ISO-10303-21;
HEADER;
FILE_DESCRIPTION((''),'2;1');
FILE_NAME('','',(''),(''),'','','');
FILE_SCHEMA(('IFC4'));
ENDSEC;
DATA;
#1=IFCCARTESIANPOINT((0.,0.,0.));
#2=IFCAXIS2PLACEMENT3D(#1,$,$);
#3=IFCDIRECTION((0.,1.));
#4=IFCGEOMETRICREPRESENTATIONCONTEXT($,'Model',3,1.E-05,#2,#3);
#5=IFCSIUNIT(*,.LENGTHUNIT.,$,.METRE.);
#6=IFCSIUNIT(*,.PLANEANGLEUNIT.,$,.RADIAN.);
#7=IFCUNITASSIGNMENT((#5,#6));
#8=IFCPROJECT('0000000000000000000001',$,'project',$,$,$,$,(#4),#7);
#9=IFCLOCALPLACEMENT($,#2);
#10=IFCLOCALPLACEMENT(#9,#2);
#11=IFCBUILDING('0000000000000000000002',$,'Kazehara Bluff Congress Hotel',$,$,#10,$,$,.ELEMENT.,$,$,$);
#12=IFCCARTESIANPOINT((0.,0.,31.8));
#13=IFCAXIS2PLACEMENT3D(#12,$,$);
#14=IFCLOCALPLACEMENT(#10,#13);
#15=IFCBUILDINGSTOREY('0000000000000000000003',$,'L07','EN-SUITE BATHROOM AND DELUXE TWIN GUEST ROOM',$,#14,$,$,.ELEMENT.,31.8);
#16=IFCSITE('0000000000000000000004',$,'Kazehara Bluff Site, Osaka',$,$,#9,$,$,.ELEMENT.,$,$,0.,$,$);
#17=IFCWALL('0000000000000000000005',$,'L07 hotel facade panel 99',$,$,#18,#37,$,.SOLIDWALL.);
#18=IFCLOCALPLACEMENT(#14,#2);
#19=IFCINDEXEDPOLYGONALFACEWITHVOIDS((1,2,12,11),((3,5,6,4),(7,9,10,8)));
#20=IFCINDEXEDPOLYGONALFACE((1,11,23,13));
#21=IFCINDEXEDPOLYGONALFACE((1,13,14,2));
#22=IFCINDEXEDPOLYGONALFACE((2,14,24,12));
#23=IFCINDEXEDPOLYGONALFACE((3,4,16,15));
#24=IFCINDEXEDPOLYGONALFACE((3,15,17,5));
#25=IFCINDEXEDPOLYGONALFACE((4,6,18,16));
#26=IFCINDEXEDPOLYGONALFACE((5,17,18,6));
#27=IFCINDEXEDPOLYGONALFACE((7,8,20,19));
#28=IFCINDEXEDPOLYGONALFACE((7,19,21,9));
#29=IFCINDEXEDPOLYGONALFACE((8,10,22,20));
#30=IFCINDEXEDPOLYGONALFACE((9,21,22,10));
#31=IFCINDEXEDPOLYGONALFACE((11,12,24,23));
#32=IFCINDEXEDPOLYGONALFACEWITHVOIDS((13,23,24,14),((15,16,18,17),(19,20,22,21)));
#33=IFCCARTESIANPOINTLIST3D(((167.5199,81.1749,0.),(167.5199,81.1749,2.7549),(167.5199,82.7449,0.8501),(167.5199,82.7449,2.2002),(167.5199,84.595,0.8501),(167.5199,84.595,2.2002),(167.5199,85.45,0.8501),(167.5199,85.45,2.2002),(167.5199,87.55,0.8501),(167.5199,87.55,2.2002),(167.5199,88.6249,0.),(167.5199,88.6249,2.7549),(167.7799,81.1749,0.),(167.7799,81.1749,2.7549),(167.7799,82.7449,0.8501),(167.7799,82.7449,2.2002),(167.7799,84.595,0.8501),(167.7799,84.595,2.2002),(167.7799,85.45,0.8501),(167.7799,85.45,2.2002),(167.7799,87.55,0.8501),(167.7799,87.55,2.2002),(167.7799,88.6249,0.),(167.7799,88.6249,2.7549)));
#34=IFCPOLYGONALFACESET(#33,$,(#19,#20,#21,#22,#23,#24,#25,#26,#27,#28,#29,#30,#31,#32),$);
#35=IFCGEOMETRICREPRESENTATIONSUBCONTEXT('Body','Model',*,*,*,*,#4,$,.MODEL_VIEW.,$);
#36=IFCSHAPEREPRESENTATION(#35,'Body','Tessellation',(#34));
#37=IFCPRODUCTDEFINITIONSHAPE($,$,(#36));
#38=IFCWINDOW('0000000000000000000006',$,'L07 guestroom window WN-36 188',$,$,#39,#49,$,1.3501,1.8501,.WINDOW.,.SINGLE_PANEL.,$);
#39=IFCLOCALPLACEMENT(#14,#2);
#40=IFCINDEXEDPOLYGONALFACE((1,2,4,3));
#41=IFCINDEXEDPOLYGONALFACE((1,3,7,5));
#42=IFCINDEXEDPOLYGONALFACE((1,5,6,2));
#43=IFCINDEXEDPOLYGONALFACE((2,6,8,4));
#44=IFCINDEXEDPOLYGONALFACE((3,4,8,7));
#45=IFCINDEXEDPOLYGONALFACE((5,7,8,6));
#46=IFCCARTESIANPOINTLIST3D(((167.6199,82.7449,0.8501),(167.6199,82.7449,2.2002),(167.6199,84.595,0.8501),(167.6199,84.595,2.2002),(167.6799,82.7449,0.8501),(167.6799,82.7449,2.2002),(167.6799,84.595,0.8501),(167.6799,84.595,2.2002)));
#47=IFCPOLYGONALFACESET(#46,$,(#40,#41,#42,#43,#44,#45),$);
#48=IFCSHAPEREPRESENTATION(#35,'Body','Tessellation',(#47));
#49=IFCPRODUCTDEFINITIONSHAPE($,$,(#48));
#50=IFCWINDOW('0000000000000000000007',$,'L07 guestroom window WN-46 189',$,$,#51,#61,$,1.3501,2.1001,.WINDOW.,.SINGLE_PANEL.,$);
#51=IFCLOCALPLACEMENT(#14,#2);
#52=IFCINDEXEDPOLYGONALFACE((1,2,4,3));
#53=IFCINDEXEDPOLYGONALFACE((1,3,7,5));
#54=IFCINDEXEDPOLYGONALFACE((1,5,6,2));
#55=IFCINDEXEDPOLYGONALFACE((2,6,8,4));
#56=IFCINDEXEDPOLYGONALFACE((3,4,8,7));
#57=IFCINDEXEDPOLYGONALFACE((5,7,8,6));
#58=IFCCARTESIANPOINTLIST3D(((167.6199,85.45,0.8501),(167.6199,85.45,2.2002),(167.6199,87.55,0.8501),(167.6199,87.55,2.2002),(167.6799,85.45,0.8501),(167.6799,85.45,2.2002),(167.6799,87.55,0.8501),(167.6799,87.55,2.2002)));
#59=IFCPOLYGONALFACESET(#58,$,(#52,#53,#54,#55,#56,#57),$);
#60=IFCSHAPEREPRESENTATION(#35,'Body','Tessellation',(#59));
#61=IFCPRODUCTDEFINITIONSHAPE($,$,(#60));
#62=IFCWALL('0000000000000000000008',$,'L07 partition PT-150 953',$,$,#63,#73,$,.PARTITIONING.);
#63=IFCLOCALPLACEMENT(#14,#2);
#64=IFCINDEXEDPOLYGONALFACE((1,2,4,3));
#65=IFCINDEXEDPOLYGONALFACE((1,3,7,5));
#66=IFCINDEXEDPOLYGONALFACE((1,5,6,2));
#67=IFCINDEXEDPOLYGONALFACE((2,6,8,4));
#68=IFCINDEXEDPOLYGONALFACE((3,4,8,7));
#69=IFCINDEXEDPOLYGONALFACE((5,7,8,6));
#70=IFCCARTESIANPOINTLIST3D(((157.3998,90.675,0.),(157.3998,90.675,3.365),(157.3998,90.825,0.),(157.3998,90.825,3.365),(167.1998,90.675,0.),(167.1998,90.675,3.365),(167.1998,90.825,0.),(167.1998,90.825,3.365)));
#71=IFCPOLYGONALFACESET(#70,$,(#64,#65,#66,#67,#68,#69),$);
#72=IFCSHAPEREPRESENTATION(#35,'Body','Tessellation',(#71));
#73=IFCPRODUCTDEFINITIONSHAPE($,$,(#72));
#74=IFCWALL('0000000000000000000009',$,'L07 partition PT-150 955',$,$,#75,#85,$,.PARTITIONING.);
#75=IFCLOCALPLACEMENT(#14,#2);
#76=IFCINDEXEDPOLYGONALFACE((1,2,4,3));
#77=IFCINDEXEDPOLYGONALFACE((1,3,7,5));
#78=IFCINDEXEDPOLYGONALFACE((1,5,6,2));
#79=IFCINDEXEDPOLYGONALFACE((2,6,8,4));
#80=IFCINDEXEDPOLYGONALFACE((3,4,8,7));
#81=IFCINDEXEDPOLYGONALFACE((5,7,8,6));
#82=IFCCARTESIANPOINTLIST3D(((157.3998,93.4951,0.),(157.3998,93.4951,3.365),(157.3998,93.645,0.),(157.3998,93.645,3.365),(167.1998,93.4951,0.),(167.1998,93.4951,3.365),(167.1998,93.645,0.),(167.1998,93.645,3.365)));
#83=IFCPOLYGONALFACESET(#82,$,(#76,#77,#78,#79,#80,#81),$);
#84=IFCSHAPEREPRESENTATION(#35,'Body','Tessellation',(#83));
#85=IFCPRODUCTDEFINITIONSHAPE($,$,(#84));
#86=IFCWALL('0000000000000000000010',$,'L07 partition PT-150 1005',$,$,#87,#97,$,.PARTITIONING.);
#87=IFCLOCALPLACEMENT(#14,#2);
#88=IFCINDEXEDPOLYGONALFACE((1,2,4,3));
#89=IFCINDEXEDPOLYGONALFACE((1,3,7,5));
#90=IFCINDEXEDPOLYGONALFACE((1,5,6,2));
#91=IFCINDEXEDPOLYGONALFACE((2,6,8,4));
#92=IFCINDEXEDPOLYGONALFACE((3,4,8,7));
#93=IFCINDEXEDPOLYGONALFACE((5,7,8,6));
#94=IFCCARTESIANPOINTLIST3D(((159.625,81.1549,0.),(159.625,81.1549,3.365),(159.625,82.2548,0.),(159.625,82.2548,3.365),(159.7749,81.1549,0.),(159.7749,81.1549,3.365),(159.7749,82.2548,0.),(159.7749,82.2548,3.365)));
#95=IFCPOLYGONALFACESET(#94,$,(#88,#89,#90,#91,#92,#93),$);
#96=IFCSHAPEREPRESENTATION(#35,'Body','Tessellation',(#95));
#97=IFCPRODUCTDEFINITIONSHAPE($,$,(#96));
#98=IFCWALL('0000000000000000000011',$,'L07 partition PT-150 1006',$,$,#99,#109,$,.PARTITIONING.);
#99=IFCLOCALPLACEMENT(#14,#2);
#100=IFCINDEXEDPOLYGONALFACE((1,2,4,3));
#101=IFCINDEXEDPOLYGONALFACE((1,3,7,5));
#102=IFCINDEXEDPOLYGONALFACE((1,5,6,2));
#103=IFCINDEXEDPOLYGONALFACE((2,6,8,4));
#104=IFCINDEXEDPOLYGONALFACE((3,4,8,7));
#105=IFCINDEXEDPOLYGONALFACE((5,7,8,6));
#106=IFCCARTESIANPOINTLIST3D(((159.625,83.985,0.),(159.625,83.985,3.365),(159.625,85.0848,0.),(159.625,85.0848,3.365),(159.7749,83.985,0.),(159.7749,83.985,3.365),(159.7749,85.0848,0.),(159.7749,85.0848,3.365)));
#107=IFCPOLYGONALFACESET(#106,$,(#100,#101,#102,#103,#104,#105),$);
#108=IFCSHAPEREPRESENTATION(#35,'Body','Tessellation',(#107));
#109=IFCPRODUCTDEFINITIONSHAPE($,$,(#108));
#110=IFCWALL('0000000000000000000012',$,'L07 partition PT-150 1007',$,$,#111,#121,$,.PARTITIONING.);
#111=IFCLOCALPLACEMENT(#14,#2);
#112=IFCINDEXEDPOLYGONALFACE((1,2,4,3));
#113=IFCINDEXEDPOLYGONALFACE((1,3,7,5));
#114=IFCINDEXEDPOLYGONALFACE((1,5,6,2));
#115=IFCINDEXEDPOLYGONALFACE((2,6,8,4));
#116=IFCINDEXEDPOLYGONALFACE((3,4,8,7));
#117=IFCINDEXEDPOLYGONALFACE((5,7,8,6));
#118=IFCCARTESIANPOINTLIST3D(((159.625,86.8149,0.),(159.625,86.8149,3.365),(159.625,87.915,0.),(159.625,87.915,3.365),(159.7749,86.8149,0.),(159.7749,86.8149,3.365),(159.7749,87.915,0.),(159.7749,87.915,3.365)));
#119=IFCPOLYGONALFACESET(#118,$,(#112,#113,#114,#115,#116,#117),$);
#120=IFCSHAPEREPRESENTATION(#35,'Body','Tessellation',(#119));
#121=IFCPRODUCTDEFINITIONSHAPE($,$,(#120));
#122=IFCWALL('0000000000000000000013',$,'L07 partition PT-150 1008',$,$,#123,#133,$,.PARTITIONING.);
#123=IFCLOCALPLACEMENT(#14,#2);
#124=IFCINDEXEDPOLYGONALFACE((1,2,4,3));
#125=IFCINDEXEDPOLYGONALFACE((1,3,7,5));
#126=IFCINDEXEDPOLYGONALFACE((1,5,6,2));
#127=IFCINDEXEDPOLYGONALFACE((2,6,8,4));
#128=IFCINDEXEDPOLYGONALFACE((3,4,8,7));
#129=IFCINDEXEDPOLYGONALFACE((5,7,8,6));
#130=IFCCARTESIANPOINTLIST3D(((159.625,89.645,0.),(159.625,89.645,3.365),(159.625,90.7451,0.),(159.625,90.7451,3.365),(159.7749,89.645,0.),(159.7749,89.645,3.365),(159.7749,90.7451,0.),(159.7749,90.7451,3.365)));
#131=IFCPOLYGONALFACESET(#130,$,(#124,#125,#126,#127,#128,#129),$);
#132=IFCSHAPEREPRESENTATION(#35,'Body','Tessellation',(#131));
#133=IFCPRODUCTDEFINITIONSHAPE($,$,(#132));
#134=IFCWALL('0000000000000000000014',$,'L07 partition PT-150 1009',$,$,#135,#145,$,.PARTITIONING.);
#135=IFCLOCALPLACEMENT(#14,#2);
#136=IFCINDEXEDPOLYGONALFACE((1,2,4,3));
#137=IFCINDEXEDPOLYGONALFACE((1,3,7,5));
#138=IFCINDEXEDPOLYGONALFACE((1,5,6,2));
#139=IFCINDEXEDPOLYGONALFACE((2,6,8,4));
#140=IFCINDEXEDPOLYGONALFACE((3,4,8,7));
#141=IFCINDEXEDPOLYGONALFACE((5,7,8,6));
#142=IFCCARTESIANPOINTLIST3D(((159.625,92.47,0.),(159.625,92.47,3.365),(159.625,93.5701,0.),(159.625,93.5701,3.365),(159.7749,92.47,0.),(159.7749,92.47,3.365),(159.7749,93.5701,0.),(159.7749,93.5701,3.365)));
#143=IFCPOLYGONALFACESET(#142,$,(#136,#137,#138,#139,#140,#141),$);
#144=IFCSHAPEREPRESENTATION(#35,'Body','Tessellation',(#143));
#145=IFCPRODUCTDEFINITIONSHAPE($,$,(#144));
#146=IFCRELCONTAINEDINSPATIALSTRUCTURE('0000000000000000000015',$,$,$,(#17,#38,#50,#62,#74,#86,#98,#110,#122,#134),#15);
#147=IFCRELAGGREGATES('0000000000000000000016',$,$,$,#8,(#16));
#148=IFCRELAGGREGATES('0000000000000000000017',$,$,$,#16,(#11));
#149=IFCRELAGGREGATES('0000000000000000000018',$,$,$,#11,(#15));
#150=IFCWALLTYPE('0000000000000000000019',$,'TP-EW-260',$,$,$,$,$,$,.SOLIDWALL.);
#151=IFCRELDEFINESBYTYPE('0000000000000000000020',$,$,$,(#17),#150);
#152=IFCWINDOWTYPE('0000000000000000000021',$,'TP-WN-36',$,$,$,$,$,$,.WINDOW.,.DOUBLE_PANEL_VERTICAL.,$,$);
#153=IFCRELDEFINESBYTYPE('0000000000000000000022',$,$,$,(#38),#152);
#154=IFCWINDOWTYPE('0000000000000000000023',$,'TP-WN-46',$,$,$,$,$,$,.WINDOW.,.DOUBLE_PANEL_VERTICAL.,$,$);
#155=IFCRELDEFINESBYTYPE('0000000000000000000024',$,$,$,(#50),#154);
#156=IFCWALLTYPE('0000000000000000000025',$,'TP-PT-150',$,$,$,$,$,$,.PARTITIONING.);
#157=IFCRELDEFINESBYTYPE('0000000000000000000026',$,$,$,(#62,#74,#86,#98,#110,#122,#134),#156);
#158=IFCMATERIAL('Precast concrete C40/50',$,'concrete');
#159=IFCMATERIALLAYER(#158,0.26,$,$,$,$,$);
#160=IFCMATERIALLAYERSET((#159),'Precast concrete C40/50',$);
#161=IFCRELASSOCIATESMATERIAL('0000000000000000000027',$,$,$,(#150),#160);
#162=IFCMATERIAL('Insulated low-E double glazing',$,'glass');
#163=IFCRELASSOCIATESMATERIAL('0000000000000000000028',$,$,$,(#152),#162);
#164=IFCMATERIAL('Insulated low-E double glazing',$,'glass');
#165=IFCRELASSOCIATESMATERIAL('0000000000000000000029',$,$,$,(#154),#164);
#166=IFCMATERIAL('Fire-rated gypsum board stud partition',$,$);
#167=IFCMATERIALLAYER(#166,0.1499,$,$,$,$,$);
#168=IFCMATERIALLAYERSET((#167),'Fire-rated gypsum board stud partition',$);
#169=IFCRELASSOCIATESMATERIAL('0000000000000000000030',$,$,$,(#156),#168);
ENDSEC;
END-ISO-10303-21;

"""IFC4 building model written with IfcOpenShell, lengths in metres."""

from ifc_helpers import new_model, si_unit, direction, frame, frame_2d, origin, place, context, subcontext, project, spatial, rectangle, extrude, material, layer, layer_set, type_object, element, fill, save


model = new_model("IFC4")

# Units and contexts
model_context = context("Model", 3, precision=1e-05, world=origin(), true_north=direction((0.0, 1.0)))
body_context = subcontext(model_context, "Body", "Model", "MODEL_VIEW")
ifc_project = project(units=[si_unit("LENGTHUNIT", "METRE"), si_unit("PLANEANGLEUNIT", "RADIAN")], contexts=[model_context])

# Site, building, storey
site_placement = place(None, origin())
site = spatial("IfcSite", under=ifc_project, at=site_placement, Name="Kazehara Bluff Site, Osaka", CompositionType="ELEMENT", RefElevation=0.0)
building_placement = place(site_placement, origin())
building = spatial("IfcBuilding", under=site, at=building_placement, Name="Kazehara Bluff Congress Hotel", CompositionType="ELEMENT")
storey_placement = place(building_placement, frame((0.0, 0.0, 31.8)))
storey = spatial("IfcBuildingStorey", under=building, at=storey_placement, Name="L07", Description="EN-SUITE BATHROOM AND DELUXE TWIN GUEST ROOM", CompositionType="ELEMENT", Elevation=31.8)

# Wall, openings, windows
ifc_material_1 = material(Name="Precast concrete C40/50", Category="concrete")
ifc_layer_1 = layer(ifc_material_1, 0.26)
ifc_layer_set_1 = layer_set([ifc_layer_1], Name="Precast concrete C40/50")
wall_type_1 = type_object("IfcWallType", Name="TP-EW-260", PredefinedType="SOLIDWALL", material=ifc_layer_set_1)
wall_1_placement = place(storey_placement, frame((167.6499, 88.625, 0.0), z_axis=(0.0, 0.0, 1.0), x_axis=(0.0, -1.0, 0.0)))
wall_1 = element("IfcWall", 1, at=wall_1_placement, inside=storey, type_object=wall_type_1, Name="L07 hotel facade panel 99", PredefinedType="SOLIDWALL", context=body_context, shape_type="SweptSolid", body=[
    extrude(rectangle(XDim=7.45, YDim=0.26, at=frame_2d((3.7251, 0.0))), origin(), (0.0, 0.0, 1.0), 2.7549),
])
opening_1_placement = place(wall_1_placement, frame((4.03, 0.0, 0.8501)))
opening_1 = element("IfcOpeningElement", 2, at=opening_1_placement, cuts=wall_1, PredefinedType="OPENING", context=body_context, shape_type="SweptSolid", body=[
    extrude(rectangle(XDim=1.8501, YDim=1.3501, at=frame_2d((0.925, 0.675))), frame((0.0, 0.1399, 0.0), z_axis=(0.0, -1.0, 0.0), x_axis=(1.0, 0.0, 0.0)), (0.0, 0.0, 1.0), 0.28),
])
opening_2_placement = place(wall_1_placement, frame((1.075, 0.0, 0.8501)))
opening_2 = element("IfcOpeningElement", 3, at=opening_2_placement, cuts=wall_1, PredefinedType="OPENING", context=body_context, shape_type="SweptSolid", body=[
    extrude(rectangle(XDim=2.1001, YDim=1.3501, at=frame_2d((1.05, 0.675))), frame((0.0, 0.1399, 0.0), z_axis=(0.0, -1.0, 0.0), x_axis=(1.0, 0.0, 0.0)), (0.0, 0.0, 1.0), 0.28),
])
ifc_material_2 = material(Name="Insulated low-E double glazing", Category="glass")
window_type_1 = type_object("IfcWindowType", Name="TP-WN-36", PartitioningType="DOUBLE_PANEL_VERTICAL", PredefinedType="WINDOW", material=ifc_material_2)
window_1_placement = place(opening_1_placement, origin())
window_1 = element("IfcWindow", 4, at=window_1_placement, inside=storey, type_object=window_type_1, Name="L07 guestroom window WN-36 188", OverallHeight=1.3501, OverallWidth=1.8501, PartitioningType="SINGLE_PANEL", PredefinedType="WINDOW", context=body_context, shape_type="SweptSolid", body=[
    extrude(rectangle(XDim=1.8501, YDim=1.3501, at=frame_2d((0.925, 0.675))), frame((0.0, 0.03, 0.0), z_axis=(0.0, -1.0, 0.0), x_axis=(1.0, 0.0, 0.0)), (0.0, 0.0, 1.0), 0.0601),
])
fill(opening_1, window_1)
ifc_material_3 = material(Name="Insulated low-E double glazing", Category="glass")
window_type_2 = type_object("IfcWindowType", Name="TP-WN-46", PartitioningType="DOUBLE_PANEL_VERTICAL", PredefinedType="WINDOW", material=ifc_material_3)
window_2_placement = place(opening_2_placement, origin())
window_2 = element("IfcWindow", 5, at=window_2_placement, inside=storey, type_object=window_type_2, Name="L07 guestroom window WN-46 189", OverallHeight=1.3501, OverallWidth=2.1001, PartitioningType="SINGLE_PANEL", PredefinedType="WINDOW", context=body_context, shape_type="SweptSolid", body=[
    extrude(rectangle(XDim=2.1001, YDim=1.3501, at=frame_2d((1.05, 0.675))), frame((0.0, 0.03, 0.0), z_axis=(0.0, -1.0, 0.0), x_axis=(1.0, 0.0, 0.0)), (0.0, 0.0, 1.0), 0.0601),
])
fill(opening_2, window_2)

# Wall
ifc_material_4 = material(Name="Fire-rated gypsum board stud partition")
ifc_layer_2 = layer(ifc_material_4, 0.1499)
ifc_layer_set_2 = layer_set([ifc_layer_2], Name="Fire-rated gypsum board stud partition")
wall_type_2 = type_object("IfcWallType", Name="TP-PT-150", PredefinedType="PARTITIONING", material=ifc_layer_set_2)
wall_2_placement = place(storey_placement, frame((157.3999, 90.75, 0.0), z_axis=(0.0, 0.0, 1.0), x_axis=(1.0, 0.0, 0.0)))
element("IfcWall", 6, at=wall_2_placement, inside=storey, type_object=wall_type_2, Name="L07 partition PT-150 953", PredefinedType="PARTITIONING", context=body_context, shape_type="SweptSolid", body=[
    extrude(rectangle(XDim=9.8, YDim=0.1499, at=frame_2d((4.8999, 0.0))), origin(), (0.0, 0.0, 1.0), 3.365),
])

# Walls
wall_3_placement = place(storey_placement, frame((157.3999, 93.5701, 0.0), z_axis=(0.0, 0.0, 1.0), x_axis=(1.0, 0.0, 0.0)))
element("IfcWall", 7, at=wall_3_placement, inside=storey, type_object=wall_type_2, Name="L07 partition PT-150 955", PredefinedType="PARTITIONING", context=body_context, shape_type="SweptSolid", body=[
    extrude(rectangle(XDim=9.8, YDim=0.1499, at=frame_2d((4.8999, 0.0))), origin(), (0.0, 0.0, 1.0), 3.365),
])
for number, where, z_axis, x_axis, name in (
    (8, (159.7, 81.155, 0.0), (0.0, 0.0, 1.0), (0.0, 1.0, 0.0), "L07 partition PT-150 1005"),
    (9, (159.7, 83.9851, 0.0), (0.0, 0.0, 1.0), (0.0, 1.0, 0.0), "L07 partition PT-150 1006"),
):
    element("IfcWall", number, at=place(storey_placement, frame(where, z_axis=z_axis, x_axis=x_axis)), inside=storey, type_object=wall_type_2, Name=name, PredefinedType="PARTITIONING", context=body_context, shape_type="SweptSolid", body=[
        extrude(rectangle(XDim=1.0999, YDim=0.1499, at=frame_2d((0.5498, 0.0))), origin(), (0.0, 0.0, 1.0), 3.365),
    ])
for number, where, z_axis, x_axis, name in (
    (10, (159.7, 86.8149, 0.0), (0.0, 0.0, 1.0), (0.0, 1.0, 0.0), "L07 partition PT-150 1007"),
    (11, (159.7, 89.645, 0.0), (0.0, 0.0, 1.0), (0.0, 1.0, 0.0), "L07 partition PT-150 1008"),
    (12, (159.7, 92.47, 0.0), (0.0, 0.0, 1.0), (0.0, 1.0, 0.0), "L07 partition PT-150 1009"),
):
    element("IfcWall", number, at=place(storey_placement, frame(where, z_axis=z_axis, x_axis=x_axis)), inside=storey, type_object=wall_type_2, Name=name, PredefinedType="PARTITIONING", context=body_context, shape_type="SweptSolid", body=[
        extrude(rectangle(XDim=1.1001, YDim=0.1499, at=frame_2d((0.55, 0.0))), origin(), (0.0, 0.0, 1.0), 3.365),
    ])

save(model, "model.ifc")
